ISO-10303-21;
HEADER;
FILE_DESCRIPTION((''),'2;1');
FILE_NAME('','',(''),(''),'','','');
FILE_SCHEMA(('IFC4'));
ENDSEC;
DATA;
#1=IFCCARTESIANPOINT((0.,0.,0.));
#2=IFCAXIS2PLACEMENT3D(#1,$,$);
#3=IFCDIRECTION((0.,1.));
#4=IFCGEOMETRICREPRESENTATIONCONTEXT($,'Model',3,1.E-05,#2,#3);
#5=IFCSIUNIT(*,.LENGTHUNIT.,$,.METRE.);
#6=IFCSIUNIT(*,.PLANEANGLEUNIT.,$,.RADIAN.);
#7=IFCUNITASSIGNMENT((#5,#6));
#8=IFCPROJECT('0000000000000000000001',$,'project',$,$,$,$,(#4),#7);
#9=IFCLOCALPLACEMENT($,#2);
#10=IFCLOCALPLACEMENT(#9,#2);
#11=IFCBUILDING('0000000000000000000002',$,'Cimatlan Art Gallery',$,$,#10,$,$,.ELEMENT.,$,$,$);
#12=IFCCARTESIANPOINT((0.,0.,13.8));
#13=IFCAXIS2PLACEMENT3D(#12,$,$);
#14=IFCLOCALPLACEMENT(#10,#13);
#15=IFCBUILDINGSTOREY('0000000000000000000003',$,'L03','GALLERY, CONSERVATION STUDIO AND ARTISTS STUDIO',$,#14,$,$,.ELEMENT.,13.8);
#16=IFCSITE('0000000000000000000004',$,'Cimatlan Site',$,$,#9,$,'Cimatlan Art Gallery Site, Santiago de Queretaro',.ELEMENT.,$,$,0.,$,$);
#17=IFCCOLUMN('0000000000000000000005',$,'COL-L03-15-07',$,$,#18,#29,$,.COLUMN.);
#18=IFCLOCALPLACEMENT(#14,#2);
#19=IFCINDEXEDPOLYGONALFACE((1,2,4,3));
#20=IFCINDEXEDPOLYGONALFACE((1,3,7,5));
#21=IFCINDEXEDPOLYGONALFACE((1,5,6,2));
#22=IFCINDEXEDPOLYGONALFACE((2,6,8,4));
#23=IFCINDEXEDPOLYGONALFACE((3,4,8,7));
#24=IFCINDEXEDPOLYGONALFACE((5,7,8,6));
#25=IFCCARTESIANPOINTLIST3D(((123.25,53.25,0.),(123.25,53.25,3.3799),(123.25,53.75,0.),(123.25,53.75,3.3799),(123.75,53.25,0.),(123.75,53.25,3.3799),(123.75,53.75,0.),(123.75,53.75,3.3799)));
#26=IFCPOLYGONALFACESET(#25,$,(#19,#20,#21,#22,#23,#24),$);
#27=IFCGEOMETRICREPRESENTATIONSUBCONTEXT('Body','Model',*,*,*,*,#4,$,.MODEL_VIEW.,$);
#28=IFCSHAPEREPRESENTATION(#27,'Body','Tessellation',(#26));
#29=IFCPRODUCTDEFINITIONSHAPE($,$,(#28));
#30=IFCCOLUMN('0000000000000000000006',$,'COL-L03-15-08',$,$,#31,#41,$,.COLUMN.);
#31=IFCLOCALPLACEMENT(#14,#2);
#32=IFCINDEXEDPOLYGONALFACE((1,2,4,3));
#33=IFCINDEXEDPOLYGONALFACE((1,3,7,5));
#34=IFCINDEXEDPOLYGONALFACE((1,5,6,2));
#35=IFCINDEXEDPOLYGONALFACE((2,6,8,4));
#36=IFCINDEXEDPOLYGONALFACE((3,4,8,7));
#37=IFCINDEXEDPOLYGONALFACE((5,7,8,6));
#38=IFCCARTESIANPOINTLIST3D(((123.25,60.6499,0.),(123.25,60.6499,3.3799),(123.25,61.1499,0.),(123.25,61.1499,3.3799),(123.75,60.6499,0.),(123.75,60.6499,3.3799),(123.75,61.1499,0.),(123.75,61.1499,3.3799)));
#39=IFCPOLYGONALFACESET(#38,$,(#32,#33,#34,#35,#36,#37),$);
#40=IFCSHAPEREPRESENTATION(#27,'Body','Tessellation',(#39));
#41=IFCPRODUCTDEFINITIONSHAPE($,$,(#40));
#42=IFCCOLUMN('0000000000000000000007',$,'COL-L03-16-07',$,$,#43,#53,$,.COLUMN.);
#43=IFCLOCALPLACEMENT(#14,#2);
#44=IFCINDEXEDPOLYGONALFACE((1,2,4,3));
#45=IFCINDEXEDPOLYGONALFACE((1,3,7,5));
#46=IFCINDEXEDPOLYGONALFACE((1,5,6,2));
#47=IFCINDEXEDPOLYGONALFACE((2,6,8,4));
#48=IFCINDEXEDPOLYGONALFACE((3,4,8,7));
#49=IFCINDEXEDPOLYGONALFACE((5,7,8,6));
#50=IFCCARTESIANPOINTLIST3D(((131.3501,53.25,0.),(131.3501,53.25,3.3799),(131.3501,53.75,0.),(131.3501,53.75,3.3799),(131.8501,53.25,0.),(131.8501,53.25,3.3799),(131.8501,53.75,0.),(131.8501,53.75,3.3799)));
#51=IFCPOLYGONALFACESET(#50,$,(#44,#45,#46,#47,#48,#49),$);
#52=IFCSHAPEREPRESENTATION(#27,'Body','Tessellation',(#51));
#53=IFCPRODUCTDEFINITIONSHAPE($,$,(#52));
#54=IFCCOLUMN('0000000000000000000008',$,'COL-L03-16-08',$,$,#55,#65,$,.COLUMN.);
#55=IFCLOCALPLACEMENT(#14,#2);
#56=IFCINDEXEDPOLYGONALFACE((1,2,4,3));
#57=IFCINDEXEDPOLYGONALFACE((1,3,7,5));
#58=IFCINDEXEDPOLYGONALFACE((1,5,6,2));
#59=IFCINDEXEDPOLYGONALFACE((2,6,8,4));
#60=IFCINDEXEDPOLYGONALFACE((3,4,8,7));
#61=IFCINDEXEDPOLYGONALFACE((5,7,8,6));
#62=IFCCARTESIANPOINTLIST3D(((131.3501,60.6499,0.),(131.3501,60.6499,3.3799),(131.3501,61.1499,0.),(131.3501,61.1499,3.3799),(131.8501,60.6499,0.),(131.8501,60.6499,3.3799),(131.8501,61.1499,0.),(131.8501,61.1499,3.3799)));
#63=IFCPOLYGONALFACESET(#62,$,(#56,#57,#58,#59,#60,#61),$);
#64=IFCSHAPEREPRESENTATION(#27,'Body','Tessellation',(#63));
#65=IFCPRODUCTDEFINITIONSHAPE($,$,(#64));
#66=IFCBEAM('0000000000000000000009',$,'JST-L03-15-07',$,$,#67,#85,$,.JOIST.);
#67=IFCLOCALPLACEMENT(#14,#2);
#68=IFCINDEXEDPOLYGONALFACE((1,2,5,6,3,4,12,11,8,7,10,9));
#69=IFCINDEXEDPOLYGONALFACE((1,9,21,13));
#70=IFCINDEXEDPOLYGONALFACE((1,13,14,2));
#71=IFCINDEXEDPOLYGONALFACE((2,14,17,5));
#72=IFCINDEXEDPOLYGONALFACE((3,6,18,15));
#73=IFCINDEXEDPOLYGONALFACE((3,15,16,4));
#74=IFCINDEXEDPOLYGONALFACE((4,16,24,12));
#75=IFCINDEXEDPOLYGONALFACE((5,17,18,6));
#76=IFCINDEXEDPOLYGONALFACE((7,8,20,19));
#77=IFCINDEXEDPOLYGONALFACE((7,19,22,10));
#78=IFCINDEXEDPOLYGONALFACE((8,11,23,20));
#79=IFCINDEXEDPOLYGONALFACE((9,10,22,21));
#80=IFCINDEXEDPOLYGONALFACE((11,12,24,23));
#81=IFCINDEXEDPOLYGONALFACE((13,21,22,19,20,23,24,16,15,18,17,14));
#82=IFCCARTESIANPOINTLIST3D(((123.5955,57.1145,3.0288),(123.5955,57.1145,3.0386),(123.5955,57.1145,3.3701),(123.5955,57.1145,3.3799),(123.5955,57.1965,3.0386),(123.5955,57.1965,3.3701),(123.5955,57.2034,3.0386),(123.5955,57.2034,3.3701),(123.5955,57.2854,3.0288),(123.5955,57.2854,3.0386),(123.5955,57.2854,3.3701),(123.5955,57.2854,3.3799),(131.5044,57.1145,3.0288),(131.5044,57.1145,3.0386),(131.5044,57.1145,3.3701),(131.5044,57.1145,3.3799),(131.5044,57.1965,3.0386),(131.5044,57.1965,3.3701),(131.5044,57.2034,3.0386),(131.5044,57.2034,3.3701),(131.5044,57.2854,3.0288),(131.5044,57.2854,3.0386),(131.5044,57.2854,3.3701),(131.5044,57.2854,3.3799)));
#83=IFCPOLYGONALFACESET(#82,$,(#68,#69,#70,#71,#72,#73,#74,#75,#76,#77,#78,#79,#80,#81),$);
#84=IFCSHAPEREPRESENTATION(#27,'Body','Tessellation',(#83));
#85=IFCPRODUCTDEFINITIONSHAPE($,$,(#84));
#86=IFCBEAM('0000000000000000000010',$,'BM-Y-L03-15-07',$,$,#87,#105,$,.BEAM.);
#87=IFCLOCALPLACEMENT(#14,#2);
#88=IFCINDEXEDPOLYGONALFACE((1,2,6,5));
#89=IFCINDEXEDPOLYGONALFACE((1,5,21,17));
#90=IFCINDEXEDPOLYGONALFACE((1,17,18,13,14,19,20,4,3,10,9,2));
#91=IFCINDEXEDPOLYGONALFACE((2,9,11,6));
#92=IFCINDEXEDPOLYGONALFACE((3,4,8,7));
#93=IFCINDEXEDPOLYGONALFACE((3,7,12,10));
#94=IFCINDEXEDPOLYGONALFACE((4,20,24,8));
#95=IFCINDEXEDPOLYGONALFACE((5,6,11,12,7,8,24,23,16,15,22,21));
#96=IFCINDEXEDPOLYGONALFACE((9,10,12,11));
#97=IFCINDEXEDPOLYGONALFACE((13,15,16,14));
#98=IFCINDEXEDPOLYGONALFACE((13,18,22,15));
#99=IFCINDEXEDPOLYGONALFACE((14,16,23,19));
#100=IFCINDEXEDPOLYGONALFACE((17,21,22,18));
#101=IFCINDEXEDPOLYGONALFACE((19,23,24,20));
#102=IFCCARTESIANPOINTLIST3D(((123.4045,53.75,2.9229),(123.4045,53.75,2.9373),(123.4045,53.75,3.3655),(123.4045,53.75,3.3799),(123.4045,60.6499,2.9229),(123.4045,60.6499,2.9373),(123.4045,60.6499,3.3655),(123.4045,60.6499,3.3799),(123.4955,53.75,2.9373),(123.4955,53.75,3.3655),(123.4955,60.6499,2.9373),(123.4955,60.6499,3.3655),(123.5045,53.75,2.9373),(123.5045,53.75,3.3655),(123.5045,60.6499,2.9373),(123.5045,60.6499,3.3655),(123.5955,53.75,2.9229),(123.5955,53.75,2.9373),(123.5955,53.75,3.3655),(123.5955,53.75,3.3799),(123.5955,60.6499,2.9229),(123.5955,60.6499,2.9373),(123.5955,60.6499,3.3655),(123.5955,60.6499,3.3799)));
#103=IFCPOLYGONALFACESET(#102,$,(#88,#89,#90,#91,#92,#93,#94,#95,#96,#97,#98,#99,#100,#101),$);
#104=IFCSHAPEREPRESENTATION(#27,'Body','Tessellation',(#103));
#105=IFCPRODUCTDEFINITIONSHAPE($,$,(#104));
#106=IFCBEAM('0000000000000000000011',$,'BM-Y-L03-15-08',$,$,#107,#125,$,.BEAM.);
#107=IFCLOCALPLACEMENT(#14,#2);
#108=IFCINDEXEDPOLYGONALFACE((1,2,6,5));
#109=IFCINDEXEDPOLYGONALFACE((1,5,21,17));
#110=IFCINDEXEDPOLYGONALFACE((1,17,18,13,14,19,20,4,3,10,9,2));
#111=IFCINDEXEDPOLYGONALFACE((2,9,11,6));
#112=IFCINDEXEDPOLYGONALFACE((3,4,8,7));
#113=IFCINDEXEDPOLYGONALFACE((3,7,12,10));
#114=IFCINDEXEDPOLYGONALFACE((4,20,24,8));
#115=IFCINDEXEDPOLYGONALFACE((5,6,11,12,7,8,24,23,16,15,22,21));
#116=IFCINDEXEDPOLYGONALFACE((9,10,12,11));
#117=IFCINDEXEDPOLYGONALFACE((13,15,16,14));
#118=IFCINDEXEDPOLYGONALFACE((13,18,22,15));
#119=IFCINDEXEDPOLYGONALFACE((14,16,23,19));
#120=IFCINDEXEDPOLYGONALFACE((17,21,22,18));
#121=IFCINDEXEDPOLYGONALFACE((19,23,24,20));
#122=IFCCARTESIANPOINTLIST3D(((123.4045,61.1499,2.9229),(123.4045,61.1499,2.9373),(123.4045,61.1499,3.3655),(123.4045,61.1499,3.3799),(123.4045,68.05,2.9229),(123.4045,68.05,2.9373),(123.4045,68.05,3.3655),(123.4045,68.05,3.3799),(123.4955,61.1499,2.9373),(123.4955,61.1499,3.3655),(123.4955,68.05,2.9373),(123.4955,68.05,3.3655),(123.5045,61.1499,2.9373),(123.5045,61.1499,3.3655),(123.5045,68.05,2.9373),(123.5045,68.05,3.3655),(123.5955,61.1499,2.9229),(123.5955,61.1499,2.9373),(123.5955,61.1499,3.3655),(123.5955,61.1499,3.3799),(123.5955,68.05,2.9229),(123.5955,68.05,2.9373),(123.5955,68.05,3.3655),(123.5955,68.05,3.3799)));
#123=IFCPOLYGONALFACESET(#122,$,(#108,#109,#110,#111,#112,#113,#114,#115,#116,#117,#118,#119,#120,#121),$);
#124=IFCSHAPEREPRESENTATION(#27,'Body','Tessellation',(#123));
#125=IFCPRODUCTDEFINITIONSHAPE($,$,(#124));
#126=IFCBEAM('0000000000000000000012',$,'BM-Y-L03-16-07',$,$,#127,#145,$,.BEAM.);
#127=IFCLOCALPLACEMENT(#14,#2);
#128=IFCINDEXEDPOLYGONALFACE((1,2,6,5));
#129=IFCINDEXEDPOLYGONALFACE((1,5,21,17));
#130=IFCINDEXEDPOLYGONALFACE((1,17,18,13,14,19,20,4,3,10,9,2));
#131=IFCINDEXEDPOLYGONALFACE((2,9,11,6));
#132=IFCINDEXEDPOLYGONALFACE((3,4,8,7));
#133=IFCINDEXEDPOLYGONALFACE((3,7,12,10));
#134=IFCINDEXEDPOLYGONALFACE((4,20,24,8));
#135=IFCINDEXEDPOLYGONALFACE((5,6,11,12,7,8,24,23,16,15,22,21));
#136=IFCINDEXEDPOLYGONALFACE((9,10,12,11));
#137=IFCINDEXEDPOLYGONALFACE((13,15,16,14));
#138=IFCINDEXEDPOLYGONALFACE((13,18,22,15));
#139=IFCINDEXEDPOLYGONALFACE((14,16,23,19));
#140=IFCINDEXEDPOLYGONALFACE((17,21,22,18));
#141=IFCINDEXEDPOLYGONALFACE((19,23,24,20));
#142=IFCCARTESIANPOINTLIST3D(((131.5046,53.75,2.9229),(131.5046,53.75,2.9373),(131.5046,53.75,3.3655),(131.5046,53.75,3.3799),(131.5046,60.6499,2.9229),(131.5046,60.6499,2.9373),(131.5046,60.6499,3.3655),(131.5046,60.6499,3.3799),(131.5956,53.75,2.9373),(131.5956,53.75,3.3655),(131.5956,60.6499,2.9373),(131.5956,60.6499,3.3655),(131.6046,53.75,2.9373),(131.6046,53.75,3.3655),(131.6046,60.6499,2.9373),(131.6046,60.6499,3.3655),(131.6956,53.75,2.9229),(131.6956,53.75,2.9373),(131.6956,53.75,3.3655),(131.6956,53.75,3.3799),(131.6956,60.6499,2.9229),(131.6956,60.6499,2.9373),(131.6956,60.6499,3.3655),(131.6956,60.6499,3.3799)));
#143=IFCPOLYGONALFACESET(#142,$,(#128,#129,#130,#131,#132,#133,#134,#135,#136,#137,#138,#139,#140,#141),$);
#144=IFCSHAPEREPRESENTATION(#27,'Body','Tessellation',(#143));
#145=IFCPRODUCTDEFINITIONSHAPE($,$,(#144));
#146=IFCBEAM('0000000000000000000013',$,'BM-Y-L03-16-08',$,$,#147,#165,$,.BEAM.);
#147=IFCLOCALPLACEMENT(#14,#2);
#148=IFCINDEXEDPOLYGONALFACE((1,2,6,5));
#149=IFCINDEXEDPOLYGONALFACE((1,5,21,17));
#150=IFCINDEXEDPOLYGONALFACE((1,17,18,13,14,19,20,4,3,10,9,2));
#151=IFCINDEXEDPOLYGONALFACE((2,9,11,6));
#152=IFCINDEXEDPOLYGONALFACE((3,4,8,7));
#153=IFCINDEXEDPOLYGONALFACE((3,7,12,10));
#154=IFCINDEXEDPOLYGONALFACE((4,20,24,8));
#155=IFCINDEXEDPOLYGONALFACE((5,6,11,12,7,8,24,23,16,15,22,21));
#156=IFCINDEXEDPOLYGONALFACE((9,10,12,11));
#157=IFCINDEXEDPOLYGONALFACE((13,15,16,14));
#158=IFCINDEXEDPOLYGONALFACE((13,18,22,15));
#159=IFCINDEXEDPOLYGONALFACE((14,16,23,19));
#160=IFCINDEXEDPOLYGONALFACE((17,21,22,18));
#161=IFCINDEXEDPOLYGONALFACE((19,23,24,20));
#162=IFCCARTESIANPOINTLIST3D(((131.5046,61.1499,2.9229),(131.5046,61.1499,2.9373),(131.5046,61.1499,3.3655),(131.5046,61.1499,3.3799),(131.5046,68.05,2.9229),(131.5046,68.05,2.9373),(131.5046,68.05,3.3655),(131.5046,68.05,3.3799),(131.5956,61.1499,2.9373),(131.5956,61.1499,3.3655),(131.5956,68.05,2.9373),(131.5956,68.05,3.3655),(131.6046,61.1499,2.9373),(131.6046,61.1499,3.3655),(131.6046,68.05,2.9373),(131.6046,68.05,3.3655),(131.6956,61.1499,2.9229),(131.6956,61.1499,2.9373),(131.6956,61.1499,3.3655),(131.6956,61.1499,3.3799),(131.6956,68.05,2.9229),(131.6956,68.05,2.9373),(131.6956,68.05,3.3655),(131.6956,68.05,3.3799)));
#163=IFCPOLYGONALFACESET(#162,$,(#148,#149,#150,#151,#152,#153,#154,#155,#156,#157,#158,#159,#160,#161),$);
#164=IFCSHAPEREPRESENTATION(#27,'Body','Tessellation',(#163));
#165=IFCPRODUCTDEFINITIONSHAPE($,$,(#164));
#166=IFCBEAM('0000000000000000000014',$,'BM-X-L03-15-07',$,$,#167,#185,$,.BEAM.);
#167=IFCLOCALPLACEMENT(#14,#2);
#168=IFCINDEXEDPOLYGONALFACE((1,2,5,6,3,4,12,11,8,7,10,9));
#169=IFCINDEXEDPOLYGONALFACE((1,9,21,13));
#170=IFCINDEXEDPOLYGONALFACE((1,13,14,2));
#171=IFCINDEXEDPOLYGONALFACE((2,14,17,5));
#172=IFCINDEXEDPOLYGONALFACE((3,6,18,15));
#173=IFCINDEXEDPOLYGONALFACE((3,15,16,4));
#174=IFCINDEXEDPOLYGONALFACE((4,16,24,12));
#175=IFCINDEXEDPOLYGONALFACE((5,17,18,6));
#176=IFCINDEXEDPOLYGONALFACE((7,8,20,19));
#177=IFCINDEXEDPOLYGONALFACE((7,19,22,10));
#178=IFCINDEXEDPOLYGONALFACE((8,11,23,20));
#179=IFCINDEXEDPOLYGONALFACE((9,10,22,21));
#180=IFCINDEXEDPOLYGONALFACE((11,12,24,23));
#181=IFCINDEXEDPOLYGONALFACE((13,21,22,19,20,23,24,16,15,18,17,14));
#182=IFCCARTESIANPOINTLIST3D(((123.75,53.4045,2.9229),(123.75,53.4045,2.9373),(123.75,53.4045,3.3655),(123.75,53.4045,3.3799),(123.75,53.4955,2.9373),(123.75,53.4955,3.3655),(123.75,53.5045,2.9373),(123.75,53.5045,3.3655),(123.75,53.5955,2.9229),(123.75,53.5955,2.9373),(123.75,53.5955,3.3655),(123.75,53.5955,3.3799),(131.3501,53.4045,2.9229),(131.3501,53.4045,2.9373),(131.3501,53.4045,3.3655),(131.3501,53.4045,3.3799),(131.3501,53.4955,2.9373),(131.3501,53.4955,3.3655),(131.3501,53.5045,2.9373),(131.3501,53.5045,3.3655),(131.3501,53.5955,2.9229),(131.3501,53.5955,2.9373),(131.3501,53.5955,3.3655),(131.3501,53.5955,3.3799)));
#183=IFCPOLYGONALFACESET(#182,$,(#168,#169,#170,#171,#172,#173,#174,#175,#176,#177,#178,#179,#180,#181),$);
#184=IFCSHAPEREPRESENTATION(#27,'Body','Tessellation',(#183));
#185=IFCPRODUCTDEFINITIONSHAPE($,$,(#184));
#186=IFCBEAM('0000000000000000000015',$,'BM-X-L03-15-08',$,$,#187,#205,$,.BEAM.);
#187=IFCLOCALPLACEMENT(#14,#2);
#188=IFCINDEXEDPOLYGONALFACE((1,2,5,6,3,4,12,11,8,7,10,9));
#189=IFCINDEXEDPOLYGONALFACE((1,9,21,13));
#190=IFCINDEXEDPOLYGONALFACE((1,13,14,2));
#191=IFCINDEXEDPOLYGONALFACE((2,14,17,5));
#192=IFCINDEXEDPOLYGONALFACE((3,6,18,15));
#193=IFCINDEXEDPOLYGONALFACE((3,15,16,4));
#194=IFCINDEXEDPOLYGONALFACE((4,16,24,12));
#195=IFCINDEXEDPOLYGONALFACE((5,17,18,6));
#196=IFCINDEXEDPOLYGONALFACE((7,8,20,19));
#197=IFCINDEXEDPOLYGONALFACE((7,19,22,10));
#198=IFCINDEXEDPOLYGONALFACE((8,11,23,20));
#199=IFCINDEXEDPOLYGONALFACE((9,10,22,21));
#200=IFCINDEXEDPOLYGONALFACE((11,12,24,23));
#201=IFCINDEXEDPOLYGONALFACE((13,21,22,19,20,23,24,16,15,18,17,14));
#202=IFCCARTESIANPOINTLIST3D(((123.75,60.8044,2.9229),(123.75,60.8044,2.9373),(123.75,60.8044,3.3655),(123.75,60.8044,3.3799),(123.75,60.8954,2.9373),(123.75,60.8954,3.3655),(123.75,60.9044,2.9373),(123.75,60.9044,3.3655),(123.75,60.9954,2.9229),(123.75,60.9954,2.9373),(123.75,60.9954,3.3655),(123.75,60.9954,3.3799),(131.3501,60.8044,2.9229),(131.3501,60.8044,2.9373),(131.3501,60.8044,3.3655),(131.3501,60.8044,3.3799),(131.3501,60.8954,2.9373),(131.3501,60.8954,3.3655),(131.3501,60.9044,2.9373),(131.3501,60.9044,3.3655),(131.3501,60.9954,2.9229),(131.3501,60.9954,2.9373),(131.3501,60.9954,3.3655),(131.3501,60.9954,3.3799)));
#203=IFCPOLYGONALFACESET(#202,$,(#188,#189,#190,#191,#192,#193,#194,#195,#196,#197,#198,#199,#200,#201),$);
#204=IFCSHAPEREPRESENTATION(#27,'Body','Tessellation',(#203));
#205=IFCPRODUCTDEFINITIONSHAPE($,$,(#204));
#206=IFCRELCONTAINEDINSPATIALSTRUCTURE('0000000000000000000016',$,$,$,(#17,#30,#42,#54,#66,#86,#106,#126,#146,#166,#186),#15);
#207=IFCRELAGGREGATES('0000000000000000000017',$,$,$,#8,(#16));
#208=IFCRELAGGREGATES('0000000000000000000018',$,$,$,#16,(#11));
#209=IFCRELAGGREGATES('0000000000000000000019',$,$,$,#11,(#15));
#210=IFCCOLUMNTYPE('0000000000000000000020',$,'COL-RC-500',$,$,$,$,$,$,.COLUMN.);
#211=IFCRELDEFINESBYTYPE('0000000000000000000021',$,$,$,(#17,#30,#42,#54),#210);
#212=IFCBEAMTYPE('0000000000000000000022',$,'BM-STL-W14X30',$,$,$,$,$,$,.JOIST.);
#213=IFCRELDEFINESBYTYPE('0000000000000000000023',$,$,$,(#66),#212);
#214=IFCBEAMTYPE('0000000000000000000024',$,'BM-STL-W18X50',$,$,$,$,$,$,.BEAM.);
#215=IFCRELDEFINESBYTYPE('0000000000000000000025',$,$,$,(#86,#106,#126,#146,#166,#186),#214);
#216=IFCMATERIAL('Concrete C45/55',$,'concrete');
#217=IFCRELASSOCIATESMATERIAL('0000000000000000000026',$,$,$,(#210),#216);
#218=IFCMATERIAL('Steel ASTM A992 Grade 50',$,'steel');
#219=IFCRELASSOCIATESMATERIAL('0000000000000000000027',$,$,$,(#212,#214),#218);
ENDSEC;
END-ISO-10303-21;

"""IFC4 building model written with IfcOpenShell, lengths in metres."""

from ifc_helpers import new_model, si_unit, direction, frame, origin, origin_2d, place, context, subcontext, project, spatial, rectangle, i_section, extrude, material, material_profile, profile_set, type_object, element, save


model = new_model("IFC4")

# Units and contexts
model_context = context("Model", 3, precision=1e-05, world=origin(), true_north=direction((0.0, 1.0)))
body_context = subcontext(model_context, "Body", "Model", "MODEL_VIEW")
ifc_project = project(units=[si_unit("LENGTHUNIT", "METRE"), si_unit("PLANEANGLEUNIT", "RADIAN")], contexts=[model_context])

# Site, building, storey
site_placement = place(None, origin())
site = spatial("IfcSite", under=ifc_project, at=site_placement, Name="Cimatlan Site", LongName="Cimatlan Art Gallery Site, Santiago de Queretaro", CompositionType="ELEMENT", RefElevation=0.0)
building_placement = place(site_placement, origin())
building = spatial("IfcBuilding", under=site, at=building_placement, Name="Cimatlan Art Gallery", CompositionType="ELEMENT")
storey_placement = place(building_placement, frame((0.0, 0.0, 13.8)))
storey = spatial("IfcBuildingStorey", under=building, at=storey_placement, Name="L03", Description="GALLERY, CONSERVATION STUDIO AND ARTISTS STUDIO", CompositionType="ELEMENT", Elevation=13.8)

# Columns
ifc_material_1 = material(Name="Concrete C45/55", Category="concrete")
ifc_material_profile_1 = material_profile(ifc_material_1, rectangle(XDim=0.5, YDim=0.5, at=origin_2d()), Name="RC500X500")
ifc_profile_set_1 = profile_set([ifc_material_profile_1], Name="Concrete C45/55")
column_type = type_object("IfcColumnType", Name="COL-RC-500", PredefinedType="COLUMN", material=ifc_profile_set_1)
for number, where, z_axis, x_axis, name in (
    (1, (123.5, 53.5, 0.0), (0.0, 0.0, 1.0), (1.0, 0.0, 0.0), "COL-L03-15-07"),
    (2, (123.5, 60.8999, 0.0), (0.0, 0.0, 1.0), (1.0, 0.0, 0.0), "COL-L03-15-08"),
    (3, (131.6001, 53.5, 0.0), (0.0, 0.0, 1.0), (1.0, 0.0, 0.0), "COL-L03-16-07"),
    (4, (131.6001, 60.8999, 0.0), (0.0, 0.0, 1.0), (1.0, 0.0, 0.0), "COL-L03-16-08"),
):
    element("IfcColumn", number, at=place(storey_placement, frame(where, z_axis=z_axis, x_axis=x_axis)), inside=storey, type_object=column_type, Name=name, PredefinedType="COLUMN", context=body_context, shape_type="SweptSolid", body=[
        extrude(rectangle(XDim=0.5, YDim=0.5, at=origin_2d()), origin(), (0.0, 0.0, 1.0), 3.3799),
    ])

# Beams
ifc_material_2 = material(Name="Steel ASTM A992 Grade 50", Category="steel")
ifc_material_profile_2 = material_profile(ifc_material_2, i_section(OverallWidth=0.1709, OverallDepth=0.3511, WebThickness=0.0068, FlangeThickness=0.0098, at=origin_2d()), Name="W14X30")
ifc_profile_set_2 = profile_set([ifc_material_profile_2], Name="Steel ASTM A992 Grade 50")
beam_type_1 = type_object("IfcBeamType", Name="BM-STL-W14X30", PredefinedType="JOIST", material=ifc_profile_set_2)
beam_1_placement = place(storey_placement, frame((123.5955, 57.2, 3.2043), z_axis=(1.0, 0.0, 0.0), x_axis=(0.0, 1.0, 0.0)))
element("IfcBeam", 5, at=beam_1_placement, inside=storey, type_object=beam_type_1, Name="JST-L03-15-07", PredefinedType="JOIST", context=body_context, shape_type="SweptSolid", body=[
    extrude(i_section(OverallWidth=0.1709, OverallDepth=0.3511, WebThickness=0.0068, FlangeThickness=0.0098, at=origin_2d()), origin(), (0.0, 0.0, 1.0), 7.9089),
])
ifc_material_profile_3 = material_profile(ifc_material_2, i_section(OverallWidth=0.1909, OverallDepth=0.457, WebThickness=0.009, FlangeThickness=0.0144, at=origin_2d()), Name="W18X50")
ifc_profile_set_3 = profile_set([ifc_material_profile_3], Name="Steel ASTM A992 Grade 50")
beam_type_2 = type_object("IfcBeamType", Name="BM-STL-W18X50", PredefinedType="BEAM", material=ifc_profile_set_3)
beam_2_placement = place(storey_placement, frame((123.5, 53.75, 3.1514), z_axis=(0.0, 1.0, 0.0), x_axis=(-1.0, 0.0, 0.0)))
element("IfcBeam", 6, at=beam_2_placement, inside=storey, type_object=beam_type_2, Name="BM-Y-L03-15-07", PredefinedType="BEAM", context=body_context, shape_type="SweptSolid", body=[
    extrude(i_section(OverallWidth=0.1909, OverallDepth=0.457, WebThickness=0.009, FlangeThickness=0.0144, at=origin_2d()), origin(), (0.0, 0.0, 1.0), 6.8999),
])
beam_3_placement = place(storey_placement, frame((123.5, 61.1499, 3.1514), z_axis=(0.0, 1.0, 0.0), x_axis=(-1.0, 0.0, 0.0)))
element("IfcBeam", 7, at=beam_3_placement, inside=storey, type_object=beam_type_2, Name="BM-Y-L03-15-08", PredefinedType="BEAM", context=body_context, shape_type="SweptSolid", body=[
    extrude(i_section(OverallWidth=0.1909, OverallDepth=0.457, WebThickness=0.009, FlangeThickness=0.0144, at=origin_2d()), origin(), (0.0, 0.0, 1.0), 6.9001),
])
beam_4_placement = place(storey_placement, frame((131.6001, 53.75, 3.1514), z_axis=(0.0, 1.0, 0.0), x_axis=(-1.0, 0.0, 0.0)))
element("IfcBeam", 8, at=beam_4_placement, inside=storey, type_object=beam_type_2, Name="BM-Y-L03-16-07", PredefinedType="BEAM", context=body_context, shape_type="SweptSolid", body=[
    extrude(i_section(OverallWidth=0.1909, OverallDepth=0.457, WebThickness=0.009, FlangeThickness=0.0144, at=origin_2d()), origin(), (0.0, 0.0, 1.0), 6.8999),
])
beam_5_placement = place(storey_placement, frame((131.6001, 61.1499, 3.1514), z_axis=(0.0, 1.0, 0.0), x_axis=(-1.0, 0.0, 0.0)))
element("IfcBeam", 9, at=beam_5_placement, inside=storey, type_object=beam_type_2, Name="BM-Y-L03-16-08", PredefinedType="BEAM", context=body_context, shape_type="SweptSolid", body=[
    extrude(i_section(OverallWidth=0.1909, OverallDepth=0.457, WebThickness=0.009, FlangeThickness=0.0144, at=origin_2d()), origin(), (0.0, 0.0, 1.0), 6.9001),
])
for number, where, z_axis, x_axis, name in (
    (10, (123.75, 53.5, 3.1514), (1.0, 0.0, 0.0), (0.0, 1.0, 0.0), "BM-X-L03-15-07"),
    (11, (123.75, 60.8999, 3.1514), (1.0, 0.0, 0.0), (0.0, 1.0, 0.0), "BM-X-L03-15-08"),
):
    element("IfcBeam", number, at=place(storey_placement, frame(where, z_axis=z_axis, x_axis=x_axis)), inside=storey, type_object=beam_type_2, Name=name, PredefinedType="BEAM", context=body_context, shape_type="SweptSolid", body=[
        extrude(i_section(OverallWidth=0.1909, OverallDepth=0.457, WebThickness=0.009, FlangeThickness=0.0144, at=origin_2d()), origin(), (0.0, 0.0, 1.0), 7.6001),
    ])

save(model, "model.ifc")
